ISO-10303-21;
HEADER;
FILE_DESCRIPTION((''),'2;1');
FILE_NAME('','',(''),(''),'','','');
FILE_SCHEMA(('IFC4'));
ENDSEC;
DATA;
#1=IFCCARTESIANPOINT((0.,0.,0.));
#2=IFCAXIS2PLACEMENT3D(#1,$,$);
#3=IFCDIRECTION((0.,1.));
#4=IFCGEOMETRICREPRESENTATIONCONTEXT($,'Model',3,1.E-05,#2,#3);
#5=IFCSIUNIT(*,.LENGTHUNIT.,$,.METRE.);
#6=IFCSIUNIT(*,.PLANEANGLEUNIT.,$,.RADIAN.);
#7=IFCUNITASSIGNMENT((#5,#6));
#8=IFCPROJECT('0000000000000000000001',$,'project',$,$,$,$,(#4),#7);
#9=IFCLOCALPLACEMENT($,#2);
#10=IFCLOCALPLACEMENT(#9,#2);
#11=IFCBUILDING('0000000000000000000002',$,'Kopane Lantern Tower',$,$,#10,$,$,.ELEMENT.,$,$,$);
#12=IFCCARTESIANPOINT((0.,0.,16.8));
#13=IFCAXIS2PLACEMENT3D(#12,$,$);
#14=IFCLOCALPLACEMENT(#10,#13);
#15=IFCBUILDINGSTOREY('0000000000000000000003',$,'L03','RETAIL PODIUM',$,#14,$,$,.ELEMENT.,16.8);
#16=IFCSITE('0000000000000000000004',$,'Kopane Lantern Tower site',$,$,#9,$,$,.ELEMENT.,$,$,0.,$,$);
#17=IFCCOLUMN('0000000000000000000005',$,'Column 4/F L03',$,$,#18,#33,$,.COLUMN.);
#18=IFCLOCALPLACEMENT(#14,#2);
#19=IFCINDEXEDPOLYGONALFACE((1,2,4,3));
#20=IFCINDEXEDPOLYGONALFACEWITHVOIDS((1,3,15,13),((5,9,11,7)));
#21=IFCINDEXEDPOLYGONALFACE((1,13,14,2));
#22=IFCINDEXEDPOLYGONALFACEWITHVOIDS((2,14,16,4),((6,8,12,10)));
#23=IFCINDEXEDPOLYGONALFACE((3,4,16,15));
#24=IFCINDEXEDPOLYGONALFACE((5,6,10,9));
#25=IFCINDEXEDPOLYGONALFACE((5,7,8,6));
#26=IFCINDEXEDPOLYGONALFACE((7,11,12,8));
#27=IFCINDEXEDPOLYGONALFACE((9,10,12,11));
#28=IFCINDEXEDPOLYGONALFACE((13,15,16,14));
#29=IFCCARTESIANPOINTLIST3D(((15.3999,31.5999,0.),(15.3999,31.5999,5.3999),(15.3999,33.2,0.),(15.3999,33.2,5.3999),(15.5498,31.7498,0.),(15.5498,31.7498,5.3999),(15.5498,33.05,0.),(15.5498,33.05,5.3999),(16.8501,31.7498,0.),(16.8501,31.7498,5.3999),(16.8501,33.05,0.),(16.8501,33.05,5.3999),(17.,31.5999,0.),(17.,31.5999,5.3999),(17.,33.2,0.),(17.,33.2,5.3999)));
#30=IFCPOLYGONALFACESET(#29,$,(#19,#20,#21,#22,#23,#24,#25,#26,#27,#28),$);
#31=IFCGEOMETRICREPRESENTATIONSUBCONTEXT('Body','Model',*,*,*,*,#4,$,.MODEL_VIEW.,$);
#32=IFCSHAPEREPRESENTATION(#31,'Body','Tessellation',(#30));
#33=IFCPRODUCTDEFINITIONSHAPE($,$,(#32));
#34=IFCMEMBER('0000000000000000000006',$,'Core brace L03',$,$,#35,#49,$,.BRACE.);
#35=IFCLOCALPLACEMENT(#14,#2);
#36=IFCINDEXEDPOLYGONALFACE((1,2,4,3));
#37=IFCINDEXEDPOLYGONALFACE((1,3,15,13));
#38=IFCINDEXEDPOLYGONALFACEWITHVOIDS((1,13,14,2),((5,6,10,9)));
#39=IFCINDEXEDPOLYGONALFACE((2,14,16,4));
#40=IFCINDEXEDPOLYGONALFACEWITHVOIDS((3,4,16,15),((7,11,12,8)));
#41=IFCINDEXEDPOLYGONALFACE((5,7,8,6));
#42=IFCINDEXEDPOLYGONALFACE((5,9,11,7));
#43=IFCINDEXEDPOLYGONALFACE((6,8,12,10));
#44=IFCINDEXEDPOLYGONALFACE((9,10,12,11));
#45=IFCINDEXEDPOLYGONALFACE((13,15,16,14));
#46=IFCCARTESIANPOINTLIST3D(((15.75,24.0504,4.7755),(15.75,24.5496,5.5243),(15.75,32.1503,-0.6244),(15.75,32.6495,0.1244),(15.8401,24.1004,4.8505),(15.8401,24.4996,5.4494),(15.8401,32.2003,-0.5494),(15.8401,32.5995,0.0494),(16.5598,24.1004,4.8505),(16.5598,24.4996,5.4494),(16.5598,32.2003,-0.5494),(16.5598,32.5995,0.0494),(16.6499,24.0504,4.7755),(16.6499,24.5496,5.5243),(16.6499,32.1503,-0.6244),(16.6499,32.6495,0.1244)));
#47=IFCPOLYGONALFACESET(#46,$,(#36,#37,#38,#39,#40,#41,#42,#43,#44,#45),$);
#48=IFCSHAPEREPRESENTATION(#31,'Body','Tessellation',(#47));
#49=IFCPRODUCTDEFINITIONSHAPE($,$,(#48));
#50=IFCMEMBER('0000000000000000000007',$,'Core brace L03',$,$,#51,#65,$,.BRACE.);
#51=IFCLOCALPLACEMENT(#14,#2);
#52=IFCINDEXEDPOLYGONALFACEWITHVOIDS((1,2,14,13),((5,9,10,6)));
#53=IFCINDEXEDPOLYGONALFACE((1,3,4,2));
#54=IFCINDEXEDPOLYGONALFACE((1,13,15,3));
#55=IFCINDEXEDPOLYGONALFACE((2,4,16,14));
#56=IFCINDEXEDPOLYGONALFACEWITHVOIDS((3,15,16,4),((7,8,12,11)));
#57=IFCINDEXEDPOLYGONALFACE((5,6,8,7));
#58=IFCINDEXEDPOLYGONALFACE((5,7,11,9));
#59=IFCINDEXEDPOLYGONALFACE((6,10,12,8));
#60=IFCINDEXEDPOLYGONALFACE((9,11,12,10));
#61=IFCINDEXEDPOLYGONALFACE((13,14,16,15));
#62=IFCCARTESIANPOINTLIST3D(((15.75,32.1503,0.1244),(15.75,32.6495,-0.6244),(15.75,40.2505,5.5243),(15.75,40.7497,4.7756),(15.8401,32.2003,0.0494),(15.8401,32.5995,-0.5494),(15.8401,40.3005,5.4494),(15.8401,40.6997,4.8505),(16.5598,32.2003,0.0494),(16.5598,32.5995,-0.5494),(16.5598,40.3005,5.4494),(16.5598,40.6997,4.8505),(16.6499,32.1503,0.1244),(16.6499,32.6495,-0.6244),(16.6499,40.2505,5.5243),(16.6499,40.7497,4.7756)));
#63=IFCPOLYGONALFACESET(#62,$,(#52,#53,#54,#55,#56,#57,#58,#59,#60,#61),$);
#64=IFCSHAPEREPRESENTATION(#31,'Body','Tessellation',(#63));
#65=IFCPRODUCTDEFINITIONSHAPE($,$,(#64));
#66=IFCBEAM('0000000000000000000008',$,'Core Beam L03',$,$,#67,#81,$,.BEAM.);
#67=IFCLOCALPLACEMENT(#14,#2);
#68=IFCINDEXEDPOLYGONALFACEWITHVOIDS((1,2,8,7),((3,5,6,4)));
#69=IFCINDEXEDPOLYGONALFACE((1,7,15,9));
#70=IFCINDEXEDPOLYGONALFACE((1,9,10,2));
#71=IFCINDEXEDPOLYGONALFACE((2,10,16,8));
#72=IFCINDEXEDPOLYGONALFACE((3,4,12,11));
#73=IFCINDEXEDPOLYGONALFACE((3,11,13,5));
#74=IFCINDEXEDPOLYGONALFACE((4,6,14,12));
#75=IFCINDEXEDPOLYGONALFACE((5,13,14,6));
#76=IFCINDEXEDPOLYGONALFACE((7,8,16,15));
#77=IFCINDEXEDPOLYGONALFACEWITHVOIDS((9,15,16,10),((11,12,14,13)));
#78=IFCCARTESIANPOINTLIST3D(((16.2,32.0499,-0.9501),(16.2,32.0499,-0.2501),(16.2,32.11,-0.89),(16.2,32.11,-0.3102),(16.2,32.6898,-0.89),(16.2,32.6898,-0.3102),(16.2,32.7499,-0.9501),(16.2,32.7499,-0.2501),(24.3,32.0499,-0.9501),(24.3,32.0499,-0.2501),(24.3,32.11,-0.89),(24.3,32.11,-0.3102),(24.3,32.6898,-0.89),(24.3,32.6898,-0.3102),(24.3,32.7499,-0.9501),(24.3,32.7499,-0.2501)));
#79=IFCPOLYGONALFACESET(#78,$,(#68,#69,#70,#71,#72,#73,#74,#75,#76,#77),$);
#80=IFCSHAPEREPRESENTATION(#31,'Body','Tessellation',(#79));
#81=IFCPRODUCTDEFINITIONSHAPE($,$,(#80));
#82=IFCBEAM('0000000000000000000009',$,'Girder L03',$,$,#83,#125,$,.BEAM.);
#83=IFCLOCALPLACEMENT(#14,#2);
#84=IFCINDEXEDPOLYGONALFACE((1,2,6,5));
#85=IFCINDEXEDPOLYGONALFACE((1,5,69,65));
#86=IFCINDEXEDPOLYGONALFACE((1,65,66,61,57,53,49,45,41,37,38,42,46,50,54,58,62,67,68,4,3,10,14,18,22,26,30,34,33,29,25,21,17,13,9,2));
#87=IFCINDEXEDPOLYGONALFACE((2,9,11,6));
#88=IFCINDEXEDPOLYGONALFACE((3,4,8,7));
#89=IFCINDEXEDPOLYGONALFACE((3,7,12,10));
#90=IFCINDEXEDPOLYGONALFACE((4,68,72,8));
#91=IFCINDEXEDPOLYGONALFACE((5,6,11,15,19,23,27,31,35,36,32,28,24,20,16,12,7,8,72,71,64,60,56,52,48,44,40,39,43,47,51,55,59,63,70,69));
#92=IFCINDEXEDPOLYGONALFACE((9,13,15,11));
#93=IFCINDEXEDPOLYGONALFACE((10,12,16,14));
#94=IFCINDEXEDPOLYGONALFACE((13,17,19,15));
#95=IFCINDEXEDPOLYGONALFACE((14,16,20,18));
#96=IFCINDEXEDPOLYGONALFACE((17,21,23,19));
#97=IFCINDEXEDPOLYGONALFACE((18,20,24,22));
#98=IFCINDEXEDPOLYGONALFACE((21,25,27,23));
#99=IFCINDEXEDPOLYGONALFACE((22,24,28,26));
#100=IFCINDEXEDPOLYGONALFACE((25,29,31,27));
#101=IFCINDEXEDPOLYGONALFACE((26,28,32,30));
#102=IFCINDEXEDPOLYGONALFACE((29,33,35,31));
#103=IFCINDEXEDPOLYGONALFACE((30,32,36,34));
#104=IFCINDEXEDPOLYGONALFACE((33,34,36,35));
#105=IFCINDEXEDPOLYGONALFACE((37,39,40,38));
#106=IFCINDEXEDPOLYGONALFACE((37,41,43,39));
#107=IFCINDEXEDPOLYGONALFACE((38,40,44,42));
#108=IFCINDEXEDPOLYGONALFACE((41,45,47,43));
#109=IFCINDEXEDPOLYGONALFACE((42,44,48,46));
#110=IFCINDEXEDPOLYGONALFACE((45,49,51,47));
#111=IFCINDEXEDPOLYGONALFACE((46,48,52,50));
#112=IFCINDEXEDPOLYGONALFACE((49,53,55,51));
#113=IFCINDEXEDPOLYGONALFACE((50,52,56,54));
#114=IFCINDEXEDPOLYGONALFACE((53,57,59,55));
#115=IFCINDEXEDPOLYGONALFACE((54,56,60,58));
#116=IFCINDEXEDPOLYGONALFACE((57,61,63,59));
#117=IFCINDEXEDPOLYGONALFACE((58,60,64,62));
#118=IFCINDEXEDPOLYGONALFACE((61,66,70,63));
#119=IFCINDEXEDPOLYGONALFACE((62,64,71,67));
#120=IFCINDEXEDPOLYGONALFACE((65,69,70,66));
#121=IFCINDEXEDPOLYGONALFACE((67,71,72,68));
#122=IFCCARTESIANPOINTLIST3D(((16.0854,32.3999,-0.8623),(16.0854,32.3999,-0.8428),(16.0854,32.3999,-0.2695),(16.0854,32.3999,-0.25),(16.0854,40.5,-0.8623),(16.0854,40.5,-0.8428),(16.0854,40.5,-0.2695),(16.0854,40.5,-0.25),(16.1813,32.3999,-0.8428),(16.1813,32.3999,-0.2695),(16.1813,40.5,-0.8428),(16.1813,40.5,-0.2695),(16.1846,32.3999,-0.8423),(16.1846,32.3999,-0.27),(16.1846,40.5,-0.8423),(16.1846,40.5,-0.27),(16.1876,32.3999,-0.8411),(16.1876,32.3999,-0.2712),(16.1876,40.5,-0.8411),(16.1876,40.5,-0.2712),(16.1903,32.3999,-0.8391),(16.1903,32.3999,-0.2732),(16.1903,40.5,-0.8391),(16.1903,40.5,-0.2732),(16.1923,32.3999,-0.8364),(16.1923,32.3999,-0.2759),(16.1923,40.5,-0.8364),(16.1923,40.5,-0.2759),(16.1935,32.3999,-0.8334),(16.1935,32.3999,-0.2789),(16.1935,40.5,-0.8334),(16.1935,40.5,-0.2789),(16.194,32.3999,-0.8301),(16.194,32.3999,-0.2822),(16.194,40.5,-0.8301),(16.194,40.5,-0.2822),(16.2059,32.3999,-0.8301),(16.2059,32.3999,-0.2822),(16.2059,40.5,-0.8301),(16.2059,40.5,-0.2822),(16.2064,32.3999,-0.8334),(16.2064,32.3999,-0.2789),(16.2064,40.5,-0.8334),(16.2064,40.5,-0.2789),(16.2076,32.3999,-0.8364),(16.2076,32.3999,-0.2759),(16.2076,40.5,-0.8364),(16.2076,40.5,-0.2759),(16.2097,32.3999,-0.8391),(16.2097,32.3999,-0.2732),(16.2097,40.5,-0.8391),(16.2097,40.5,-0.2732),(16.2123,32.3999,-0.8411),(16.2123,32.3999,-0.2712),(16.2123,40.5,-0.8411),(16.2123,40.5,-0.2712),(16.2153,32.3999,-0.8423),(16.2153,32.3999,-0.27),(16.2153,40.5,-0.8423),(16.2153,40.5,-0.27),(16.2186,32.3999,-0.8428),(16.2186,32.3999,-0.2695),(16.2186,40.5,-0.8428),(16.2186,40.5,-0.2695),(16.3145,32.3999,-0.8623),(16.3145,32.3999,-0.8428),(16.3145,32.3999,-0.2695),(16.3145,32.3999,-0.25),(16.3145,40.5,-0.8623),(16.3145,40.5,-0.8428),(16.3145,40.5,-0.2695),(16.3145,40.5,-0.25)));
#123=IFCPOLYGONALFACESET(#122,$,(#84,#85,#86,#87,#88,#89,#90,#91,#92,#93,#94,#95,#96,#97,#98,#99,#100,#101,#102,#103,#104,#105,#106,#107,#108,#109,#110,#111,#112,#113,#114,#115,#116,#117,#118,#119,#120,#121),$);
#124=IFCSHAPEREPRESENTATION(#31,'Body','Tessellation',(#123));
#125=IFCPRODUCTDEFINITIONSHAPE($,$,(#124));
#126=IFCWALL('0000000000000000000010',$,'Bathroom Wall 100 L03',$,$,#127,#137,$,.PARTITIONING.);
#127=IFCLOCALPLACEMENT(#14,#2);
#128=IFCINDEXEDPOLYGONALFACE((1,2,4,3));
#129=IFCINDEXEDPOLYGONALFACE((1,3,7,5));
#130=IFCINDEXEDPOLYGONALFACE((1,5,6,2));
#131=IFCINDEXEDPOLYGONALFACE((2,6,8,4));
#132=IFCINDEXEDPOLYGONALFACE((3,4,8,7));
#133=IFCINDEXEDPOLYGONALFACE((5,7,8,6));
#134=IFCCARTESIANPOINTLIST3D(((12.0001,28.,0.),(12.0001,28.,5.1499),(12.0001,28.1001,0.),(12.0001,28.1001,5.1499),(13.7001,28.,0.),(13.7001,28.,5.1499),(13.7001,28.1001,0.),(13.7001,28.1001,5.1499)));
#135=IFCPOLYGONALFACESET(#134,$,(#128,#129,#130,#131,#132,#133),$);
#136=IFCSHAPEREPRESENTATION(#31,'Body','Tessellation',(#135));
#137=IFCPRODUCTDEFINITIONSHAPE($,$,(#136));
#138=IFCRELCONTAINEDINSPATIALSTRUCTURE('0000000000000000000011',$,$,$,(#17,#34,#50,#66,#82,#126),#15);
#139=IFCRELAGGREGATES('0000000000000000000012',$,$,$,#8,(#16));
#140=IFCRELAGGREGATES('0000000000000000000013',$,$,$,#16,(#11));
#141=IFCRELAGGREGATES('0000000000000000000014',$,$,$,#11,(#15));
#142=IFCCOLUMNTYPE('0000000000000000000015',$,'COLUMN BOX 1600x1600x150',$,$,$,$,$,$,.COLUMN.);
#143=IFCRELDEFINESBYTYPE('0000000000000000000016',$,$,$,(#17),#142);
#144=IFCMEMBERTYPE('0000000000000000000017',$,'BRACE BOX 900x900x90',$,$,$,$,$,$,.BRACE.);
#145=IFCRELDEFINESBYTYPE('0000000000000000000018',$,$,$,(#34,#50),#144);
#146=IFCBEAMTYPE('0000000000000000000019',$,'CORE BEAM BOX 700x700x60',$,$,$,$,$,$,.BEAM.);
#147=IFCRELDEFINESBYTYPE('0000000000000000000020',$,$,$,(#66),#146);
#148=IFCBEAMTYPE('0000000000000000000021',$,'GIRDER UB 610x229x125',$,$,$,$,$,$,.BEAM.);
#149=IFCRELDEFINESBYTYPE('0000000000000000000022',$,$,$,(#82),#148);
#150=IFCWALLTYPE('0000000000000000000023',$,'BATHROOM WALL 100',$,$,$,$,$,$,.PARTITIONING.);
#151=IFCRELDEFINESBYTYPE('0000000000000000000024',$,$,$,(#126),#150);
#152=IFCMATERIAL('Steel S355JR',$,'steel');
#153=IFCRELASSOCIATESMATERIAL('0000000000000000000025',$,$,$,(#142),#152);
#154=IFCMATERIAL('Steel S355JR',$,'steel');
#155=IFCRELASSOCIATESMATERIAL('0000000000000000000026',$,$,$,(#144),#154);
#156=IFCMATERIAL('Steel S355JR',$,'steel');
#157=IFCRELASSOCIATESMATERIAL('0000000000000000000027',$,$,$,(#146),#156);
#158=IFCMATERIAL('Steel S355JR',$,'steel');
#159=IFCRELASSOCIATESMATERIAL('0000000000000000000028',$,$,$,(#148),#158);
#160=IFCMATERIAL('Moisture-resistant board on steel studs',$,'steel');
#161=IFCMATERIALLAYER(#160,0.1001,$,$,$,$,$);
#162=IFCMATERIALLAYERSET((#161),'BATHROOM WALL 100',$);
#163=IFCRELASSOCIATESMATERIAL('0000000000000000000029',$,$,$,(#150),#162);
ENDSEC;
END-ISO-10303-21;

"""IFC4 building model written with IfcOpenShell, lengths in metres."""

from ifc_helpers import new_model, si_unit, direction, frame, frame_2d, origin, origin_2d, place, context, subcontext, project, spatial, rectangle, hollow_rectangle, i_section, extrude, material, layer, layer_set, material_profile, profile_set, type_object, element, save


model = new_model("IFC4")

# Units and contexts
model_context = context("Model", 3, precision=1e-05, world=origin(), true_north=direction((0.0, 1.0)))
body_context = subcontext(model_context, "Body", "Model", "MODEL_VIEW")
ifc_project = project(units=[si_unit("LENGTHUNIT", "METRE"), si_unit("PLANEANGLEUNIT", "RADIAN")], contexts=[model_context])

# Site, building, storey
site_placement = place(None, origin())
site = spatial("IfcSite", under=ifc_project, at=site_placement, Name="Kopane Lantern Tower site", CompositionType="ELEMENT", RefElevation=0.0)
building_placement = place(site_placement, origin())
building = spatial("IfcBuilding", under=site, at=building_placement, Name="Kopane Lantern Tower", CompositionType="ELEMENT")
storey_placement = place(building_placement, frame((0.0, 0.0, 16.8)))
storey = spatial("IfcBuildingStorey", under=building, at=storey_placement, Name="L03", Description="RETAIL PODIUM", CompositionType="ELEMENT", Elevation=16.8)

# Column
ifc_material_1 = material(Name="Steel S355JR", Category="steel")
ifc_material_profile_1 = material_profile(ifc_material_1, hollow_rectangle(XDim=1.6001, YDim=1.6001, WallThickness=0.1499, at=origin_2d()), Name="BOX 1600x1600x150")
ifc_profile_set_1 = profile_set([ifc_material_profile_1], Name="Steel S355JR")
column_type = type_object("IfcColumnType", Name="COLUMN BOX 1600x1600x150", PredefinedType="COLUMN", material=ifc_profile_set_1)
column_placement = place(storey_placement, frame((16.2, 32.3999, 0.0), z_axis=(0.0, 0.0, 1.0), x_axis=(1.0, 0.0, 0.0)))
element("IfcColumn", 1, at=column_placement, inside=storey, type_object=column_type, Name="Column 4/F L03", PredefinedType="COLUMN", context=body_context, shape_type="SweptSolid", body=[
    extrude(hollow_rectangle(XDim=1.6001, YDim=1.6001, WallThickness=0.1499, at=origin_2d()), origin(), (0.0, 0.0, 1.0), 5.3999),
])

# Members
ifc_material_2 = material(Name="Steel S355JR", Category="steel")
ifc_material_profile_2 = material_profile(ifc_material_2, hollow_rectangle(XDim=0.8999, YDim=0.8999, WallThickness=0.0901, at=origin_2d()), Name="BOX 900x900x90")
ifc_profile_set_2 = profile_set([ifc_material_profile_2], Name="Steel S355JR")
member_type = type_object("IfcMemberType", Name="BRACE BOX 900x900x90", PredefinedType="BRACE", material=ifc_profile_set_2)
member_1_placement = place(storey_placement, frame((16.2, 32.3999, -0.25), z_axis=(0.0, -0.83205, 0.5547), x_axis=(1.0, 0.0, 0.0)))
element("IfcMember", 2, at=member_1_placement, inside=storey, type_object=member_type, Name="Core brace L03", PredefinedType="BRACE", context=body_context, shape_type="SweptSolid", body=[
    extrude(hollow_rectangle(XDim=0.8999, YDim=0.8999, WallThickness=0.0901, at=origin_2d()), origin(), (0.0, 0.0, 1.0), 9.7349),
])
member_2_placement = place(storey_placement, frame((16.2, 32.3999, -0.25), z_axis=(0.0, 0.832058, 0.554689), x_axis=(-1.0, 0.0, 0.0)))
element("IfcMember", 3, at=member_2_placement, inside=storey, type_object=member_type, Name="Core brace L03", PredefinedType="BRACE", context=body_context, shape_type="SweptSolid", body=[
    extrude(hollow_rectangle(XDim=0.8999, YDim=0.8999, WallThickness=0.0901, at=origin_2d()), origin(), (0.0, 0.0, 1.0), 9.7351),
])

# Beams
ifc_material_3 = material(Name="Steel S355JR", Category="steel")
ifc_material_profile_3 = material_profile(ifc_material_3, hollow_rectangle(XDim=0.7, YDim=0.7, WallThickness=0.0601, at=origin_2d()), Name="BOX 700x700x60")
ifc_profile_set_3 = profile_set([ifc_material_profile_3], Name="Steel S355JR")
beam_type_1 = type_object("IfcBeamType", Name="CORE BEAM BOX 700x700x60", PredefinedType="BEAM", material=ifc_profile_set_3)
beam_1_placement = place(storey_placement, frame((16.2, 32.3999, -0.6001), z_axis=(1.0, 0.0, 0.0), x_axis=(0.0, 1.0, 0.0)))
element("IfcBeam", 4, at=beam_1_placement, inside=storey, type_object=beam_type_1, Name="Core Beam L03", PredefinedType="BEAM", context=body_context, shape_type="SweptSolid", body=[
    extrude(hollow_rectangle(XDim=0.7, YDim=0.7, WallThickness=0.0601, at=origin_2d()), origin(), (0.0, 0.0, 1.0), 8.1001),
])
ifc_material_4 = material(Name="Steel S355JR", Category="steel")
ifc_material_profile_4 = material_profile(ifc_material_4, i_section(OverallWidth=0.229, OverallDepth=0.6123, WebThickness=0.012, FlangeThickness=0.0195, FilletRadius=0.0127, at=origin_2d()), Name="UB 610x229x125")
ifc_profile_set_4 = profile_set([ifc_material_profile_4], Name="Steel S355JR")
beam_type_2 = type_object("IfcBeamType", Name="GIRDER UB 610x229x125", PredefinedType="BEAM", material=ifc_profile_set_4)
beam_2_placement = place(storey_placement, frame((16.2, 32.3999, -0.5562), z_axis=(0.0, 1.0, 0.0), x_axis=(-1.0, 0.0, 0.0)))
element("IfcBeam", 5, at=beam_2_placement, inside=storey, type_object=beam_type_2, Name="Girder L03", PredefinedType="BEAM", context=body_context, shape_type="SweptSolid", body=[
    extrude(i_section(OverallWidth=0.229, OverallDepth=0.6123, WebThickness=0.012, FlangeThickness=0.0195, FilletRadius=0.0127, at=origin_2d()), origin(), (0.0, 0.0, 1.0), 8.1001),
])

# Wall
ifc_material_5 = material(Name="Moisture-resistant board on steel studs", Category="steel")
ifc_layer_1 = layer(ifc_material_5, 0.1001)
ifc_layer_set_1 = layer_set([ifc_layer_1], Name="BATHROOM WALL 100")
wall_type_1 = type_object("IfcWallType", Name="BATHROOM WALL 100", PredefinedType="PARTITIONING", material=ifc_layer_set_1)
wall_1_placement = place(storey_placement, frame((12.0, 28.05, 0.0), z_axis=(0.0, 0.0, 1.0), x_axis=(1.0, 0.0, 0.0)))
element("IfcWall", 6, at=wall_1_placement, inside=storey, type_object=wall_type_1, Name="Bathroom Wall 100 L03", PredefinedType="PARTITIONING", context=body_context, shape_type="SweptSolid", body=[
    extrude(rectangle(XDim=1.7, YDim=0.1001, at=frame_2d((0.8501, 0.0))), origin(), (0.0, 0.0, 1.0), 5.1499),
])

save(model, "model.ifc")
